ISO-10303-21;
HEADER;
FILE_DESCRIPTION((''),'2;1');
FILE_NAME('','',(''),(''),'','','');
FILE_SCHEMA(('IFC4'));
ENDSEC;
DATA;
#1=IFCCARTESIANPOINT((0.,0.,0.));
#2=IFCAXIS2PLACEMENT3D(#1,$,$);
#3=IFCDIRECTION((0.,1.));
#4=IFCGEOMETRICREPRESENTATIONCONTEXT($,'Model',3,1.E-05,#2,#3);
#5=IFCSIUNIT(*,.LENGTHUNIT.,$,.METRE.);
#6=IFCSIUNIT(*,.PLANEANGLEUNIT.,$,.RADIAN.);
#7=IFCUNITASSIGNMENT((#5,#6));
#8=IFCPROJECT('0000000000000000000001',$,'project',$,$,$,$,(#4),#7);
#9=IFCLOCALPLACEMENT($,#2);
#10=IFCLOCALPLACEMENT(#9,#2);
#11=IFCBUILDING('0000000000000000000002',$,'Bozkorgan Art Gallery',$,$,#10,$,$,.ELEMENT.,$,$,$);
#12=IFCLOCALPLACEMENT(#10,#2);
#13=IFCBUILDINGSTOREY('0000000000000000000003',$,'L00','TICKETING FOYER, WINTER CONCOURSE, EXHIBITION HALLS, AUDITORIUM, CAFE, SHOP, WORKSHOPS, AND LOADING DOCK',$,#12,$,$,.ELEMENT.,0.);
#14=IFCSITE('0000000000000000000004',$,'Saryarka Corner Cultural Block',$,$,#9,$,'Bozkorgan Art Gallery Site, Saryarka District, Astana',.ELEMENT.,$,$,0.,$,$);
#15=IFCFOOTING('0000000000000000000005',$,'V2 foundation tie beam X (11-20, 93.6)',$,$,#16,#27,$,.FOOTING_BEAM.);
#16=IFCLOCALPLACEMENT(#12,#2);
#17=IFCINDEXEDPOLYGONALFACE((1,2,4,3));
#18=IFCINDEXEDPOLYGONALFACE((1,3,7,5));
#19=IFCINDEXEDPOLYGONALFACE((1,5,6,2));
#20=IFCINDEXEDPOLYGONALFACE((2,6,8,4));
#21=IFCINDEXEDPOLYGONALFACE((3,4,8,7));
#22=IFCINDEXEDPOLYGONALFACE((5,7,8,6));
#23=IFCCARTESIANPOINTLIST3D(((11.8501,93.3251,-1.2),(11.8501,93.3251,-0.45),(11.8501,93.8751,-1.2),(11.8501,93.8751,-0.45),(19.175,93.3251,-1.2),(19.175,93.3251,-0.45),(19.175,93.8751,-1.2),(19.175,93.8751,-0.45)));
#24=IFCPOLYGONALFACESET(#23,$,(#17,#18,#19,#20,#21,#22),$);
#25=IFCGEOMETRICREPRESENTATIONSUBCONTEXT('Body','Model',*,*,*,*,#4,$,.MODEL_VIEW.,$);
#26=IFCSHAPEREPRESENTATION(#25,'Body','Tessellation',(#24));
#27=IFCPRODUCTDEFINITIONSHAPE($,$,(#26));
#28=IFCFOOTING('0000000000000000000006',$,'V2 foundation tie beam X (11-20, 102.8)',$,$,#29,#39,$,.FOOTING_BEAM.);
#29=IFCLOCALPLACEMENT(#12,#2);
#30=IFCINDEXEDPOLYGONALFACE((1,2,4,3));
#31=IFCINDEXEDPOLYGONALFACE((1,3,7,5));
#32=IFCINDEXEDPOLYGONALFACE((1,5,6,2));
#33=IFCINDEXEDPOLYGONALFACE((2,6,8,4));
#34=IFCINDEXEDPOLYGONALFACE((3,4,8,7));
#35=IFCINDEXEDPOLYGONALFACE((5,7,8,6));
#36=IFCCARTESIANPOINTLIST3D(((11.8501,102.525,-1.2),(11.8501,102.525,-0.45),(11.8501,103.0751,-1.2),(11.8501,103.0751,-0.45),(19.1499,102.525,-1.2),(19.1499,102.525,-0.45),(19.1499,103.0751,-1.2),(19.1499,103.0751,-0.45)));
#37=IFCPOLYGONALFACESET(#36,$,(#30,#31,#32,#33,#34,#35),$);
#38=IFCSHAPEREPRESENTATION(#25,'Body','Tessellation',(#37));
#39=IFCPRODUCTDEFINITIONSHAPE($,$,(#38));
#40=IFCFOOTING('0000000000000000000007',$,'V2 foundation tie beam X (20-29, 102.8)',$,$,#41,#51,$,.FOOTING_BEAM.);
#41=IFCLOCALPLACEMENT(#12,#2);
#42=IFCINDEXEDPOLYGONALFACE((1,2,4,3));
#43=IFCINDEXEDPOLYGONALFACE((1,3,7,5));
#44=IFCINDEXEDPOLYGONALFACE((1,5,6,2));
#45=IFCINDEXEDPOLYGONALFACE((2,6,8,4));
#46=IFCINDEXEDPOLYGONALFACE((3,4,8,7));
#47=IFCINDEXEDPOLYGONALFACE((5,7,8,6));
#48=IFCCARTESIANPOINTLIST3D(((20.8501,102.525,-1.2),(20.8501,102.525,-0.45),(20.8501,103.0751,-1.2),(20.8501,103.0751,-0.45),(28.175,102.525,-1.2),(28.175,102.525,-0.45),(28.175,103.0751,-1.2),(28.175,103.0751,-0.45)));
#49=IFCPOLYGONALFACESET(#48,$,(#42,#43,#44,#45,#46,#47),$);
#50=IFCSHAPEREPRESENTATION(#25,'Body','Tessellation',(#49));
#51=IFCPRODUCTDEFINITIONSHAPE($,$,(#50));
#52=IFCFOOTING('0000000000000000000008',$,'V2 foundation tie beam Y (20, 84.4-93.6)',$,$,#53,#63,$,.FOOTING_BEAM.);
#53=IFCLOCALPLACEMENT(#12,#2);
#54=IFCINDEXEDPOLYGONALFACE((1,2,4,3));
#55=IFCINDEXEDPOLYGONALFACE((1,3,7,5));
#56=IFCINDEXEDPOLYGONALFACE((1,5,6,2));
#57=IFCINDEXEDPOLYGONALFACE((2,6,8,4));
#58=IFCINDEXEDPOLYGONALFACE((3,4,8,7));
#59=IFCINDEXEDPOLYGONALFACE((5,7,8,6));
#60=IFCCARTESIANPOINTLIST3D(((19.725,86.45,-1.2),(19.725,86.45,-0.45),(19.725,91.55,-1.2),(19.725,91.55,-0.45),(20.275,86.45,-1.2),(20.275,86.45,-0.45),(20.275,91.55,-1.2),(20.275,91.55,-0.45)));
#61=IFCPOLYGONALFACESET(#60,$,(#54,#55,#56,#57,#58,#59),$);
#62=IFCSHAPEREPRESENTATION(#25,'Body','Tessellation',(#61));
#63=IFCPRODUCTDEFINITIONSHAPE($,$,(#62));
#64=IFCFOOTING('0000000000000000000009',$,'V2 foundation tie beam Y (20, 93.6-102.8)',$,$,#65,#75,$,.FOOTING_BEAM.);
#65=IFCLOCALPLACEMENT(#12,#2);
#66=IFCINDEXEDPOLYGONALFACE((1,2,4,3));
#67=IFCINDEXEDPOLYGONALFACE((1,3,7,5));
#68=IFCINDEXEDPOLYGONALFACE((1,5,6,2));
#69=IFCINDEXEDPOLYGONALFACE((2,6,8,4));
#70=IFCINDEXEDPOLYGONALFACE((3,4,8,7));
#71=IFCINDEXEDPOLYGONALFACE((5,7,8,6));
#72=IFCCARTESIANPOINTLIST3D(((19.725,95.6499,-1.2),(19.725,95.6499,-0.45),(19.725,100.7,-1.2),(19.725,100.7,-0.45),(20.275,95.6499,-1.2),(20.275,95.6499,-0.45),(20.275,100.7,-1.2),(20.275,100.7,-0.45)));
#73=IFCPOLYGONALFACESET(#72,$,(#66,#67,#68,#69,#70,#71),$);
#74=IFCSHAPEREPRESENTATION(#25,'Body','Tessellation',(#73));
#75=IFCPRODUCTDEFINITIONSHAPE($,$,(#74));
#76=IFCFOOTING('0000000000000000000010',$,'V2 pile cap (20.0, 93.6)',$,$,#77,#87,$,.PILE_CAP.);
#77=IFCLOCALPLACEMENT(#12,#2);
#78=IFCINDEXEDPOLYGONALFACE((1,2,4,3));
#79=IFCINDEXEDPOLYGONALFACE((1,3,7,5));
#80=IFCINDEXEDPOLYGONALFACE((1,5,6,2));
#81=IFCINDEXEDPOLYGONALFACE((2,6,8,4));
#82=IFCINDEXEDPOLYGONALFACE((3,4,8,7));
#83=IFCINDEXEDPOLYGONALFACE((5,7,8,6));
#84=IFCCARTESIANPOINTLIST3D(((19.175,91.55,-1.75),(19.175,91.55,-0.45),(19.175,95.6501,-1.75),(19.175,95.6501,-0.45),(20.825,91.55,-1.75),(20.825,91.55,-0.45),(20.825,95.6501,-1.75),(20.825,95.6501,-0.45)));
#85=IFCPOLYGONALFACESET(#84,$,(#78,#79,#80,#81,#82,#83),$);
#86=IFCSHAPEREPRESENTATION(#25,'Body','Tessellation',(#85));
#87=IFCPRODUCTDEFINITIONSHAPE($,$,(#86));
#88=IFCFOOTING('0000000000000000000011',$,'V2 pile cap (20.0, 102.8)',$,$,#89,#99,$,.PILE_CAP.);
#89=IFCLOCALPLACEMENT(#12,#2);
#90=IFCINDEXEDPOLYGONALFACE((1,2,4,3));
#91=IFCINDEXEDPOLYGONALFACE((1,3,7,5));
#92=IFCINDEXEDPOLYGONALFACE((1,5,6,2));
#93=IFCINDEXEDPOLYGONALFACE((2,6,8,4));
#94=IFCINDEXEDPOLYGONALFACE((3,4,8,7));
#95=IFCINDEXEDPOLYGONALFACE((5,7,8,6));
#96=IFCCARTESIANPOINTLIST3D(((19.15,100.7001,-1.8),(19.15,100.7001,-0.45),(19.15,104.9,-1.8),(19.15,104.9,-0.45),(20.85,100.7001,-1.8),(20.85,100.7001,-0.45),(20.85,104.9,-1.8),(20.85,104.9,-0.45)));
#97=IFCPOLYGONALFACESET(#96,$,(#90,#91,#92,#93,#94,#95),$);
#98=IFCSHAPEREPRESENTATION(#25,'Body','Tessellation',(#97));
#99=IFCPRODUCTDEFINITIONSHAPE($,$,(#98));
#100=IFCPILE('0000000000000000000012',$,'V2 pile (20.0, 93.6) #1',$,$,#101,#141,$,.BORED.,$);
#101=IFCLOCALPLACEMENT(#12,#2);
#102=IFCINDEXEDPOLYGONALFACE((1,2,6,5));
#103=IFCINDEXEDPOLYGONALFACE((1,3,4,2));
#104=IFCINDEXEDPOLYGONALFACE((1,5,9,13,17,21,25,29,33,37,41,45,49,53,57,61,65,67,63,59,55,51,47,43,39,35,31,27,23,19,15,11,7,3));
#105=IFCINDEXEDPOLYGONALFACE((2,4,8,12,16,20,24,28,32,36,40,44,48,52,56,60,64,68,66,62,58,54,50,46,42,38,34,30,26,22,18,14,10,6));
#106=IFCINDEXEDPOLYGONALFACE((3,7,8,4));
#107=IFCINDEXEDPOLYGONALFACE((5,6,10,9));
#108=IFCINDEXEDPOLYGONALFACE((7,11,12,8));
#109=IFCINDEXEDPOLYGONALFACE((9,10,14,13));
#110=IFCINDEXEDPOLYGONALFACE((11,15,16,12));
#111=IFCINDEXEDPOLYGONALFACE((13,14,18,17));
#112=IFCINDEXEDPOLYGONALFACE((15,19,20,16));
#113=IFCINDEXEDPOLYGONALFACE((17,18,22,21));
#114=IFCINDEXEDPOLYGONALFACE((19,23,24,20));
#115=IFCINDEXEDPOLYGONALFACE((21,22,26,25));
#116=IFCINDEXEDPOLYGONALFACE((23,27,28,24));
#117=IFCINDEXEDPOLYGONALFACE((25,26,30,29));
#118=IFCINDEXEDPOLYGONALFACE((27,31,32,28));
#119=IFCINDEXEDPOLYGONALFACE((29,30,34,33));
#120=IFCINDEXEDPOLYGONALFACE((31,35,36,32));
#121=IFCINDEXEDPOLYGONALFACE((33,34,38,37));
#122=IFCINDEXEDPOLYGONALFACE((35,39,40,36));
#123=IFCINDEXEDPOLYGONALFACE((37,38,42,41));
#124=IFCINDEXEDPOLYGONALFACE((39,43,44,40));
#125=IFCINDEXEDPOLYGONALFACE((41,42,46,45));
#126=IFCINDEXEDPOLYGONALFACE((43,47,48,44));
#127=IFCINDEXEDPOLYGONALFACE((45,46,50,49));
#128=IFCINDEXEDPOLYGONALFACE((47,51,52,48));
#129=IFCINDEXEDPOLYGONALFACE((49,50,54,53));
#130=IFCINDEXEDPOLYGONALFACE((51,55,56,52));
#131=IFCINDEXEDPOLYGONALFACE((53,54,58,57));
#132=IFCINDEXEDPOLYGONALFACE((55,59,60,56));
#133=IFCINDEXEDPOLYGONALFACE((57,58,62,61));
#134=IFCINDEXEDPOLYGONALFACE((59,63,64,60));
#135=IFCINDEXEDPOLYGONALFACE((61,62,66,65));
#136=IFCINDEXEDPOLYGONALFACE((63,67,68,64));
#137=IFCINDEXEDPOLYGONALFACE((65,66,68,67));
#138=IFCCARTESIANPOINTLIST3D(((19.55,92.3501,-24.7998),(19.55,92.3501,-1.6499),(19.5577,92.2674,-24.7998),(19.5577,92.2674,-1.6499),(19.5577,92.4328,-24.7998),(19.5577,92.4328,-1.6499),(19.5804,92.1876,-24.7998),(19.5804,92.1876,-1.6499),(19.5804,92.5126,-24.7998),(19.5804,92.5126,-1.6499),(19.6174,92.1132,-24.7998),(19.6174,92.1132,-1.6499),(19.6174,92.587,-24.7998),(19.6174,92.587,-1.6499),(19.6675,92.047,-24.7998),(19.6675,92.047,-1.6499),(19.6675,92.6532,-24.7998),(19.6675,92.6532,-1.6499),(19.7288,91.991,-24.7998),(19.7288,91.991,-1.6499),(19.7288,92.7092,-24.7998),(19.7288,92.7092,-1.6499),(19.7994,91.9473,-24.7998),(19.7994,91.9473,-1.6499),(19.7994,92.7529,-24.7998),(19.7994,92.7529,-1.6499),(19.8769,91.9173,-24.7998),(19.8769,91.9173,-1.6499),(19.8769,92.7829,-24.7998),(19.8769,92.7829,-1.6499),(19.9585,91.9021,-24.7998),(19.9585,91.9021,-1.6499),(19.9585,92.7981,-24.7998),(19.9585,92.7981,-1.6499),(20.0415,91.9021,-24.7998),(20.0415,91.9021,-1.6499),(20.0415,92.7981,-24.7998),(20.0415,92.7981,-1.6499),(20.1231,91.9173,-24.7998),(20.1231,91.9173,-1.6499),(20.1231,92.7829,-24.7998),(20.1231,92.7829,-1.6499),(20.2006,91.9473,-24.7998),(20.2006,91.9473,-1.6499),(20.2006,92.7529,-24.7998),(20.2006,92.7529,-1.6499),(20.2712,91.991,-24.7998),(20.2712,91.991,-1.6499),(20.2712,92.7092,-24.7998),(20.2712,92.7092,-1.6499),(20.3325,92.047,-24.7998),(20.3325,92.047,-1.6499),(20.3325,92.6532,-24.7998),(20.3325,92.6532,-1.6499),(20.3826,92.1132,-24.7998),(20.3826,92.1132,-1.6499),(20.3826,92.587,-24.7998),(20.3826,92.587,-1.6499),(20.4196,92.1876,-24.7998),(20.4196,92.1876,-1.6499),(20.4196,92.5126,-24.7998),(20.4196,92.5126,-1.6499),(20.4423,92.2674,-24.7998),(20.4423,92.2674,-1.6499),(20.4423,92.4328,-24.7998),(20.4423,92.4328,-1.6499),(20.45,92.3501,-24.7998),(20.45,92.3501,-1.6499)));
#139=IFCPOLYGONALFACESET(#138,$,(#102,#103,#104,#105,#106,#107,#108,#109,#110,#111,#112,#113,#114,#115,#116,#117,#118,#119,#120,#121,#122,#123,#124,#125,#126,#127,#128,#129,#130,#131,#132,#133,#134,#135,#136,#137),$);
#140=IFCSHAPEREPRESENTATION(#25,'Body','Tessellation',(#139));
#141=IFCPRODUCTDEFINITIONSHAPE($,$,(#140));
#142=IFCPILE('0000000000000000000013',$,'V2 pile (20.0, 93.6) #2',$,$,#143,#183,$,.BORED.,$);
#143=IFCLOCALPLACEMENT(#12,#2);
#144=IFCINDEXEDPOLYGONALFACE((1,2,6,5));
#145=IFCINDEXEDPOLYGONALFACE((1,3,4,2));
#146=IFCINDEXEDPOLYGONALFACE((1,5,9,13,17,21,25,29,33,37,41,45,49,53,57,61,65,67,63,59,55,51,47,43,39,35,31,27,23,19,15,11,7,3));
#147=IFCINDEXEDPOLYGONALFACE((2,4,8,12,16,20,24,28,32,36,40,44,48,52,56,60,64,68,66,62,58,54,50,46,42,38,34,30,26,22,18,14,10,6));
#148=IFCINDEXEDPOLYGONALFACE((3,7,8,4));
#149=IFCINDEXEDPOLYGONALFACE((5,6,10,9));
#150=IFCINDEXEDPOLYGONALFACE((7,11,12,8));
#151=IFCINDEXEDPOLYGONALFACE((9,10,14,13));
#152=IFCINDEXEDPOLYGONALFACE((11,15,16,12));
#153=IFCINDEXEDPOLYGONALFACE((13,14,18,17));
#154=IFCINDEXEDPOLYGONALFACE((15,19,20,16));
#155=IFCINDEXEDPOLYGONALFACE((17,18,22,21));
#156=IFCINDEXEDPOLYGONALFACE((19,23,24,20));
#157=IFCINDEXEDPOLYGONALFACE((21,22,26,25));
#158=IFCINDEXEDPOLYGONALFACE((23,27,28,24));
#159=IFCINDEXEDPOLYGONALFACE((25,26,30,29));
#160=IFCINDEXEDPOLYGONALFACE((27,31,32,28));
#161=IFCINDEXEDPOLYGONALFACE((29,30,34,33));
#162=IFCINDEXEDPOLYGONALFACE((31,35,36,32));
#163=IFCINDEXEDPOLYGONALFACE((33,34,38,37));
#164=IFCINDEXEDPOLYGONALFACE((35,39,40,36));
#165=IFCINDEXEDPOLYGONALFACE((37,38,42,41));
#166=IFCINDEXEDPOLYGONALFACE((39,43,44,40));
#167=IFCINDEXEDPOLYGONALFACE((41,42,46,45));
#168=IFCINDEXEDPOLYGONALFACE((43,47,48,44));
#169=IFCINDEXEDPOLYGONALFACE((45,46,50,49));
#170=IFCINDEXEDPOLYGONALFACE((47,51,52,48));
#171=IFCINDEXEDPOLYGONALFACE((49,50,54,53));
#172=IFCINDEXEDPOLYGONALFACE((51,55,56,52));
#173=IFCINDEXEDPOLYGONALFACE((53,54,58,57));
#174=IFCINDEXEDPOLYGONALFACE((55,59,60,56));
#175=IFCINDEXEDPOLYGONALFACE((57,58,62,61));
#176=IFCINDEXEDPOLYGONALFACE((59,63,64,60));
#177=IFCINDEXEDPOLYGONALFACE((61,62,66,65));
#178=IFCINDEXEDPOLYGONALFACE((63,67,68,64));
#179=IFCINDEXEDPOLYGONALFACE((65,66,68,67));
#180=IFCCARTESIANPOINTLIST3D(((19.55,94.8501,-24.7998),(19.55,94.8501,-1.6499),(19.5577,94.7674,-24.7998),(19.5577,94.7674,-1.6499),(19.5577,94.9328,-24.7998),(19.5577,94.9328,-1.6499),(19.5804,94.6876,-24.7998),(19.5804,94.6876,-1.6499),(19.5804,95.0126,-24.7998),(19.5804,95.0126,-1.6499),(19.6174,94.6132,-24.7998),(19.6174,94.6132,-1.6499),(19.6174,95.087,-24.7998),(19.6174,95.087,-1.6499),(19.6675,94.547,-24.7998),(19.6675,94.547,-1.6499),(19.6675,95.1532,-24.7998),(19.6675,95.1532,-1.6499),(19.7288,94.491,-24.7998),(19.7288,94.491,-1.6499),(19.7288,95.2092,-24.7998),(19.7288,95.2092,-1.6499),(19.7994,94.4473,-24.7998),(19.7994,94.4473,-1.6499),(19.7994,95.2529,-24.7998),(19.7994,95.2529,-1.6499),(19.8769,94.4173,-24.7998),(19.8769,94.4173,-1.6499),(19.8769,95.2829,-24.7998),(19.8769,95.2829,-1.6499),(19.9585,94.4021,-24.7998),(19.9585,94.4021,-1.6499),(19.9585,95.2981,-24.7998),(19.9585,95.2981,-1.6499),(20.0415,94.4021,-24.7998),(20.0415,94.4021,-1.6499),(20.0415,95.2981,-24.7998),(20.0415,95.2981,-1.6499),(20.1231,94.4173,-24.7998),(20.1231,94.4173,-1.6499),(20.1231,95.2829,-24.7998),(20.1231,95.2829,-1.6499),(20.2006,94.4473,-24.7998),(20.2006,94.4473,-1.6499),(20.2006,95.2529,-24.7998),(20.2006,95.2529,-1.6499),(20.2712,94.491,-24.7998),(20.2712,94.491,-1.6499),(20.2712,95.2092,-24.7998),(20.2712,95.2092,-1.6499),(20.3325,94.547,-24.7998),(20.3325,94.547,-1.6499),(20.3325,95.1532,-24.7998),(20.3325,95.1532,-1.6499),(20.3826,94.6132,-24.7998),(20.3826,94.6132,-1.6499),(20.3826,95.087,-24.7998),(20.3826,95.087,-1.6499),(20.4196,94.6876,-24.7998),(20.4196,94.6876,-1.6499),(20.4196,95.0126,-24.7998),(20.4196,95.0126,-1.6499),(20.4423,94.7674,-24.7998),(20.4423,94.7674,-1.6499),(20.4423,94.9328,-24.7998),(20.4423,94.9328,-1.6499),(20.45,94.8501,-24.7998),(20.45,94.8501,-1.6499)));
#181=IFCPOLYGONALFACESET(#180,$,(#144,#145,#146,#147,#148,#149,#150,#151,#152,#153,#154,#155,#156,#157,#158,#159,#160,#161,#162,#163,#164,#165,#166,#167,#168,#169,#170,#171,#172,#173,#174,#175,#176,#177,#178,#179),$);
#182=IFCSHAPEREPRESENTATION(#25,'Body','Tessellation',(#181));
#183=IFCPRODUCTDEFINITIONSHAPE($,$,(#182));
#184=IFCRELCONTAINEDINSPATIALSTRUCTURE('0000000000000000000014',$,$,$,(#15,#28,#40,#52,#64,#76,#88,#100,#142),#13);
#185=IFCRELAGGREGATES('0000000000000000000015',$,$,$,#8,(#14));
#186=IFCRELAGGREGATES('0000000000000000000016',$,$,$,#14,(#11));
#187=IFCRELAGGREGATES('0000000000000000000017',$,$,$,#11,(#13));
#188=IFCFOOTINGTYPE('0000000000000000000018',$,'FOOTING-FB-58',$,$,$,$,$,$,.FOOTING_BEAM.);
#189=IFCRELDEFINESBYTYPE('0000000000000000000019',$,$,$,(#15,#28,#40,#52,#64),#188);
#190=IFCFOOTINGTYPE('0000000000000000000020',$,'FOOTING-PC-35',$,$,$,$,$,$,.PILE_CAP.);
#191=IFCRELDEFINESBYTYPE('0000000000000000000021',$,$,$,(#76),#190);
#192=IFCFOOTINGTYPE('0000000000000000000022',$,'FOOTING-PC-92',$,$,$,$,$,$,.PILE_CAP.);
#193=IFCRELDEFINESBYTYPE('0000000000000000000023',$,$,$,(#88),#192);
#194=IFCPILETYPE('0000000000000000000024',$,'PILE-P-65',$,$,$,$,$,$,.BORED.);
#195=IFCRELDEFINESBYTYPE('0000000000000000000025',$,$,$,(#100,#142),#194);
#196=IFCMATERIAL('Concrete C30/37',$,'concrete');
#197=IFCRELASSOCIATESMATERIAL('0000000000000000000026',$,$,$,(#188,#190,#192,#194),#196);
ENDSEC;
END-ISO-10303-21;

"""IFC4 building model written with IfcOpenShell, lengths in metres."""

from ifc_helpers import new_model, si_unit, direction, frame, origin, origin_2d, place, context, subcontext, project, spatial, rectangle, circle, extrude, material, material_profile, profile_set, type_object, element, save


model = new_model("IFC4")

# Units and contexts
model_context = context("Model", 3, precision=1e-05, world=origin(), true_north=direction((0.0, 1.0)))
body_context = subcontext(model_context, "Body", "Model", "MODEL_VIEW")
ifc_project = project(units=[si_unit("LENGTHUNIT", "METRE"), si_unit("PLANEANGLEUNIT", "RADIAN")], contexts=[model_context])

# Site, building, storey
site_placement = place(None, origin())
site = spatial("IfcSite", under=ifc_project, at=site_placement, Name="Saryarka Corner Cultural Block", LongName="Bozkorgan Art Gallery Site, Saryarka District, Astana", CompositionType="ELEMENT", RefElevation=0.0)
building_placement = place(site_placement, origin())
building = spatial("IfcBuilding", under=site, at=building_placement, Name="Bozkorgan Art Gallery", CompositionType="ELEMENT")
storey_placement = place(building_placement, origin())
storey = spatial("IfcBuildingStorey", under=building, at=storey_placement, Name="L00", Description="TICKETING FOYER, WINTER CONCOURSE, EXHIBITION HALLS, AUDITORIUM, CAFE, SHOP, WORKSHOPS, AND LOADING DOCK", CompositionType="ELEMENT", Elevation=0.0)

# Footings
ifc_material_1 = material(Name="Concrete C30/37", Category="concrete")
ifc_material_profile_1 = material_profile(ifc_material_1, rectangle(XDim=0.55, YDim=0.75, at=origin_2d()), Name="FND 550x750")
ifc_profile_set_1 = profile_set([ifc_material_profile_1], Name="Concrete C30/37")
footing_type_1 = type_object("IfcFootingType", Name="FOOTING-FB-58", PredefinedType="FOOTING_BEAM", material=ifc_profile_set_1)
footing_1_placement = place(storey_placement, frame((11.8501, 93.6001, -0.825), z_axis=(1.0, 0.0, 0.0), x_axis=(0.0, 1.0, 0.0)))
element("IfcFooting", 1, at=footing_1_placement, inside=storey, type_object=footing_type_1, Name="V2 foundation tie beam X (11-20, 93.6)", PredefinedType="FOOTING_BEAM", context=body_context, shape_type="SweptSolid", body=[
    extrude(rectangle(XDim=0.55, YDim=0.75, at=origin_2d()), origin(), (0.0, 0.0, 1.0), 7.325),
])
footing_2_placement = place(storey_placement, frame((11.8501, 102.8, -0.825), z_axis=(1.0, 0.0, 0.0), x_axis=(0.0, 1.0, 0.0)))
element("IfcFooting", 2, at=footing_2_placement, inside=storey, type_object=footing_type_1, Name="V2 foundation tie beam X (11-20, 102.8)", PredefinedType="FOOTING_BEAM", context=body_context, shape_type="SweptSolid", body=[
    extrude(rectangle(XDim=0.55, YDim=0.75, at=origin_2d()), origin(), (0.0, 0.0, 1.0), 7.2998),
])
footing_3_placement = place(storey_placement, frame((20.8501, 102.8, -0.825), z_axis=(1.0, 0.0, 0.0), x_axis=(0.0, 1.0, 0.0)))
element("IfcFooting", 3, at=footing_3_placement, inside=storey, type_object=footing_type_1, Name="V2 foundation tie beam X (20-29, 102.8)", PredefinedType="FOOTING_BEAM", context=body_context, shape_type="SweptSolid", body=[
    extrude(rectangle(XDim=0.55, YDim=0.75, at=origin_2d()), origin(), (0.0, 0.0, 1.0), 7.325),
])
footing_4_placement = place(storey_placement, frame((20.0, 86.45, -0.825), z_axis=(0.0, 1.0, 0.0), x_axis=(-1.0, 0.0, 0.0)))
element("IfcFooting", 4, at=footing_4_placement, inside=storey, type_object=footing_type_1, Name="V2 foundation tie beam Y (20, 84.4-93.6)", PredefinedType="FOOTING_BEAM", context=body_context, shape_type="SweptSolid", body=[
    extrude(rectangle(XDim=0.55, YDim=0.75, at=origin_2d()), origin(), (0.0, 0.0, 1.0), 5.1001),
])
footing_5_placement = place(storey_placement, frame((20.0, 95.6499, -0.825), z_axis=(0.0, 1.0, 0.0), x_axis=(-1.0, 0.0, 0.0)))
element("IfcFooting", 5, at=footing_5_placement, inside=storey, type_object=footing_type_1, Name="V2 foundation tie beam Y (20, 93.6-102.8)", PredefinedType="FOOTING_BEAM", context=body_context, shape_type="SweptSolid", body=[
    extrude(rectangle(XDim=0.55, YDim=0.75, at=origin_2d()), origin(), (0.0, 0.0, 1.0), 5.05),
])
footing_type_2 = type_object("IfcFootingType", Name="FOOTING-PC-35", PredefinedType="PILE_CAP", material=ifc_material_1)
footing_6_placement = place(storey_placement, frame((20.0, 93.6001, -1.75), z_axis=(0.0, 0.0, 1.0), x_axis=(1.0, 0.0, 0.0)))
element("IfcFooting", 6, at=footing_6_placement, inside=storey, type_object=footing_type_2, Name="V2 pile cap (20.0, 93.6)", PredefinedType="PILE_CAP", context=body_context, shape_type="SweptSolid", body=[
    extrude(rectangle(XDim=1.6499, YDim=4.1001, at=origin_2d()), origin(), (0.0, 0.0, 1.0), 1.3),
])
footing_type_3 = type_object("IfcFootingType", Name="FOOTING-PC-92", PredefinedType="PILE_CAP", material=ifc_material_1)
footing_7_placement = place(storey_placement, frame((20.0, 102.8, -1.8), z_axis=(0.0, 0.0, 1.0), x_axis=(1.0, 0.0, 0.0)))
element("IfcFooting", 7, at=footing_7_placement, inside=storey, type_object=footing_type_3, Name="V2 pile cap (20.0, 102.8)", PredefinedType="PILE_CAP", context=body_context, shape_type="SweptSolid", body=[
    extrude(rectangle(XDim=1.7, YDim=4.2, at=origin_2d()), origin(), (0.0, 0.0, 1.0), 1.3501),
])

# Piles
ifc_material_profile_2 = material_profile(ifc_material_1, circle(Radius=0.45, at=origin_2d()), Name="PILE D900")
ifc_profile_set_2 = profile_set([ifc_material_profile_2], Name="Concrete C30/37")
pile_type = type_object("IfcPileType", Name="PILE-P-65", PredefinedType="BORED", material=ifc_profile_set_2)
for number, where, z_axis, x_axis, name in (
    (8, (20.0, 92.3501, -1.6499), (0.0, 0.0, -1.0), (1.0, 0.0, 0.0), "V2 pile (20.0, 93.6) #1"),
    (9, (20.0, 94.8501, -1.6499), (0.0, 0.0, -1.0), (1.0, 0.0, 0.0), "V2 pile (20.0, 93.6) #2"),
):
    element("IfcPile", number, at=place(storey_placement, frame(where, z_axis=z_axis, x_axis=x_axis)), inside=storey, type_object=pile_type, Name=name, PredefinedType="BORED", context=body_context, shape_type="SweptSolid", body=[
        extrude(circle(Radius=0.45, at=origin_2d()), origin(), (0.0, 0.0, 1.0), 23.1499),
    ])

save(model, "model.ifc")
